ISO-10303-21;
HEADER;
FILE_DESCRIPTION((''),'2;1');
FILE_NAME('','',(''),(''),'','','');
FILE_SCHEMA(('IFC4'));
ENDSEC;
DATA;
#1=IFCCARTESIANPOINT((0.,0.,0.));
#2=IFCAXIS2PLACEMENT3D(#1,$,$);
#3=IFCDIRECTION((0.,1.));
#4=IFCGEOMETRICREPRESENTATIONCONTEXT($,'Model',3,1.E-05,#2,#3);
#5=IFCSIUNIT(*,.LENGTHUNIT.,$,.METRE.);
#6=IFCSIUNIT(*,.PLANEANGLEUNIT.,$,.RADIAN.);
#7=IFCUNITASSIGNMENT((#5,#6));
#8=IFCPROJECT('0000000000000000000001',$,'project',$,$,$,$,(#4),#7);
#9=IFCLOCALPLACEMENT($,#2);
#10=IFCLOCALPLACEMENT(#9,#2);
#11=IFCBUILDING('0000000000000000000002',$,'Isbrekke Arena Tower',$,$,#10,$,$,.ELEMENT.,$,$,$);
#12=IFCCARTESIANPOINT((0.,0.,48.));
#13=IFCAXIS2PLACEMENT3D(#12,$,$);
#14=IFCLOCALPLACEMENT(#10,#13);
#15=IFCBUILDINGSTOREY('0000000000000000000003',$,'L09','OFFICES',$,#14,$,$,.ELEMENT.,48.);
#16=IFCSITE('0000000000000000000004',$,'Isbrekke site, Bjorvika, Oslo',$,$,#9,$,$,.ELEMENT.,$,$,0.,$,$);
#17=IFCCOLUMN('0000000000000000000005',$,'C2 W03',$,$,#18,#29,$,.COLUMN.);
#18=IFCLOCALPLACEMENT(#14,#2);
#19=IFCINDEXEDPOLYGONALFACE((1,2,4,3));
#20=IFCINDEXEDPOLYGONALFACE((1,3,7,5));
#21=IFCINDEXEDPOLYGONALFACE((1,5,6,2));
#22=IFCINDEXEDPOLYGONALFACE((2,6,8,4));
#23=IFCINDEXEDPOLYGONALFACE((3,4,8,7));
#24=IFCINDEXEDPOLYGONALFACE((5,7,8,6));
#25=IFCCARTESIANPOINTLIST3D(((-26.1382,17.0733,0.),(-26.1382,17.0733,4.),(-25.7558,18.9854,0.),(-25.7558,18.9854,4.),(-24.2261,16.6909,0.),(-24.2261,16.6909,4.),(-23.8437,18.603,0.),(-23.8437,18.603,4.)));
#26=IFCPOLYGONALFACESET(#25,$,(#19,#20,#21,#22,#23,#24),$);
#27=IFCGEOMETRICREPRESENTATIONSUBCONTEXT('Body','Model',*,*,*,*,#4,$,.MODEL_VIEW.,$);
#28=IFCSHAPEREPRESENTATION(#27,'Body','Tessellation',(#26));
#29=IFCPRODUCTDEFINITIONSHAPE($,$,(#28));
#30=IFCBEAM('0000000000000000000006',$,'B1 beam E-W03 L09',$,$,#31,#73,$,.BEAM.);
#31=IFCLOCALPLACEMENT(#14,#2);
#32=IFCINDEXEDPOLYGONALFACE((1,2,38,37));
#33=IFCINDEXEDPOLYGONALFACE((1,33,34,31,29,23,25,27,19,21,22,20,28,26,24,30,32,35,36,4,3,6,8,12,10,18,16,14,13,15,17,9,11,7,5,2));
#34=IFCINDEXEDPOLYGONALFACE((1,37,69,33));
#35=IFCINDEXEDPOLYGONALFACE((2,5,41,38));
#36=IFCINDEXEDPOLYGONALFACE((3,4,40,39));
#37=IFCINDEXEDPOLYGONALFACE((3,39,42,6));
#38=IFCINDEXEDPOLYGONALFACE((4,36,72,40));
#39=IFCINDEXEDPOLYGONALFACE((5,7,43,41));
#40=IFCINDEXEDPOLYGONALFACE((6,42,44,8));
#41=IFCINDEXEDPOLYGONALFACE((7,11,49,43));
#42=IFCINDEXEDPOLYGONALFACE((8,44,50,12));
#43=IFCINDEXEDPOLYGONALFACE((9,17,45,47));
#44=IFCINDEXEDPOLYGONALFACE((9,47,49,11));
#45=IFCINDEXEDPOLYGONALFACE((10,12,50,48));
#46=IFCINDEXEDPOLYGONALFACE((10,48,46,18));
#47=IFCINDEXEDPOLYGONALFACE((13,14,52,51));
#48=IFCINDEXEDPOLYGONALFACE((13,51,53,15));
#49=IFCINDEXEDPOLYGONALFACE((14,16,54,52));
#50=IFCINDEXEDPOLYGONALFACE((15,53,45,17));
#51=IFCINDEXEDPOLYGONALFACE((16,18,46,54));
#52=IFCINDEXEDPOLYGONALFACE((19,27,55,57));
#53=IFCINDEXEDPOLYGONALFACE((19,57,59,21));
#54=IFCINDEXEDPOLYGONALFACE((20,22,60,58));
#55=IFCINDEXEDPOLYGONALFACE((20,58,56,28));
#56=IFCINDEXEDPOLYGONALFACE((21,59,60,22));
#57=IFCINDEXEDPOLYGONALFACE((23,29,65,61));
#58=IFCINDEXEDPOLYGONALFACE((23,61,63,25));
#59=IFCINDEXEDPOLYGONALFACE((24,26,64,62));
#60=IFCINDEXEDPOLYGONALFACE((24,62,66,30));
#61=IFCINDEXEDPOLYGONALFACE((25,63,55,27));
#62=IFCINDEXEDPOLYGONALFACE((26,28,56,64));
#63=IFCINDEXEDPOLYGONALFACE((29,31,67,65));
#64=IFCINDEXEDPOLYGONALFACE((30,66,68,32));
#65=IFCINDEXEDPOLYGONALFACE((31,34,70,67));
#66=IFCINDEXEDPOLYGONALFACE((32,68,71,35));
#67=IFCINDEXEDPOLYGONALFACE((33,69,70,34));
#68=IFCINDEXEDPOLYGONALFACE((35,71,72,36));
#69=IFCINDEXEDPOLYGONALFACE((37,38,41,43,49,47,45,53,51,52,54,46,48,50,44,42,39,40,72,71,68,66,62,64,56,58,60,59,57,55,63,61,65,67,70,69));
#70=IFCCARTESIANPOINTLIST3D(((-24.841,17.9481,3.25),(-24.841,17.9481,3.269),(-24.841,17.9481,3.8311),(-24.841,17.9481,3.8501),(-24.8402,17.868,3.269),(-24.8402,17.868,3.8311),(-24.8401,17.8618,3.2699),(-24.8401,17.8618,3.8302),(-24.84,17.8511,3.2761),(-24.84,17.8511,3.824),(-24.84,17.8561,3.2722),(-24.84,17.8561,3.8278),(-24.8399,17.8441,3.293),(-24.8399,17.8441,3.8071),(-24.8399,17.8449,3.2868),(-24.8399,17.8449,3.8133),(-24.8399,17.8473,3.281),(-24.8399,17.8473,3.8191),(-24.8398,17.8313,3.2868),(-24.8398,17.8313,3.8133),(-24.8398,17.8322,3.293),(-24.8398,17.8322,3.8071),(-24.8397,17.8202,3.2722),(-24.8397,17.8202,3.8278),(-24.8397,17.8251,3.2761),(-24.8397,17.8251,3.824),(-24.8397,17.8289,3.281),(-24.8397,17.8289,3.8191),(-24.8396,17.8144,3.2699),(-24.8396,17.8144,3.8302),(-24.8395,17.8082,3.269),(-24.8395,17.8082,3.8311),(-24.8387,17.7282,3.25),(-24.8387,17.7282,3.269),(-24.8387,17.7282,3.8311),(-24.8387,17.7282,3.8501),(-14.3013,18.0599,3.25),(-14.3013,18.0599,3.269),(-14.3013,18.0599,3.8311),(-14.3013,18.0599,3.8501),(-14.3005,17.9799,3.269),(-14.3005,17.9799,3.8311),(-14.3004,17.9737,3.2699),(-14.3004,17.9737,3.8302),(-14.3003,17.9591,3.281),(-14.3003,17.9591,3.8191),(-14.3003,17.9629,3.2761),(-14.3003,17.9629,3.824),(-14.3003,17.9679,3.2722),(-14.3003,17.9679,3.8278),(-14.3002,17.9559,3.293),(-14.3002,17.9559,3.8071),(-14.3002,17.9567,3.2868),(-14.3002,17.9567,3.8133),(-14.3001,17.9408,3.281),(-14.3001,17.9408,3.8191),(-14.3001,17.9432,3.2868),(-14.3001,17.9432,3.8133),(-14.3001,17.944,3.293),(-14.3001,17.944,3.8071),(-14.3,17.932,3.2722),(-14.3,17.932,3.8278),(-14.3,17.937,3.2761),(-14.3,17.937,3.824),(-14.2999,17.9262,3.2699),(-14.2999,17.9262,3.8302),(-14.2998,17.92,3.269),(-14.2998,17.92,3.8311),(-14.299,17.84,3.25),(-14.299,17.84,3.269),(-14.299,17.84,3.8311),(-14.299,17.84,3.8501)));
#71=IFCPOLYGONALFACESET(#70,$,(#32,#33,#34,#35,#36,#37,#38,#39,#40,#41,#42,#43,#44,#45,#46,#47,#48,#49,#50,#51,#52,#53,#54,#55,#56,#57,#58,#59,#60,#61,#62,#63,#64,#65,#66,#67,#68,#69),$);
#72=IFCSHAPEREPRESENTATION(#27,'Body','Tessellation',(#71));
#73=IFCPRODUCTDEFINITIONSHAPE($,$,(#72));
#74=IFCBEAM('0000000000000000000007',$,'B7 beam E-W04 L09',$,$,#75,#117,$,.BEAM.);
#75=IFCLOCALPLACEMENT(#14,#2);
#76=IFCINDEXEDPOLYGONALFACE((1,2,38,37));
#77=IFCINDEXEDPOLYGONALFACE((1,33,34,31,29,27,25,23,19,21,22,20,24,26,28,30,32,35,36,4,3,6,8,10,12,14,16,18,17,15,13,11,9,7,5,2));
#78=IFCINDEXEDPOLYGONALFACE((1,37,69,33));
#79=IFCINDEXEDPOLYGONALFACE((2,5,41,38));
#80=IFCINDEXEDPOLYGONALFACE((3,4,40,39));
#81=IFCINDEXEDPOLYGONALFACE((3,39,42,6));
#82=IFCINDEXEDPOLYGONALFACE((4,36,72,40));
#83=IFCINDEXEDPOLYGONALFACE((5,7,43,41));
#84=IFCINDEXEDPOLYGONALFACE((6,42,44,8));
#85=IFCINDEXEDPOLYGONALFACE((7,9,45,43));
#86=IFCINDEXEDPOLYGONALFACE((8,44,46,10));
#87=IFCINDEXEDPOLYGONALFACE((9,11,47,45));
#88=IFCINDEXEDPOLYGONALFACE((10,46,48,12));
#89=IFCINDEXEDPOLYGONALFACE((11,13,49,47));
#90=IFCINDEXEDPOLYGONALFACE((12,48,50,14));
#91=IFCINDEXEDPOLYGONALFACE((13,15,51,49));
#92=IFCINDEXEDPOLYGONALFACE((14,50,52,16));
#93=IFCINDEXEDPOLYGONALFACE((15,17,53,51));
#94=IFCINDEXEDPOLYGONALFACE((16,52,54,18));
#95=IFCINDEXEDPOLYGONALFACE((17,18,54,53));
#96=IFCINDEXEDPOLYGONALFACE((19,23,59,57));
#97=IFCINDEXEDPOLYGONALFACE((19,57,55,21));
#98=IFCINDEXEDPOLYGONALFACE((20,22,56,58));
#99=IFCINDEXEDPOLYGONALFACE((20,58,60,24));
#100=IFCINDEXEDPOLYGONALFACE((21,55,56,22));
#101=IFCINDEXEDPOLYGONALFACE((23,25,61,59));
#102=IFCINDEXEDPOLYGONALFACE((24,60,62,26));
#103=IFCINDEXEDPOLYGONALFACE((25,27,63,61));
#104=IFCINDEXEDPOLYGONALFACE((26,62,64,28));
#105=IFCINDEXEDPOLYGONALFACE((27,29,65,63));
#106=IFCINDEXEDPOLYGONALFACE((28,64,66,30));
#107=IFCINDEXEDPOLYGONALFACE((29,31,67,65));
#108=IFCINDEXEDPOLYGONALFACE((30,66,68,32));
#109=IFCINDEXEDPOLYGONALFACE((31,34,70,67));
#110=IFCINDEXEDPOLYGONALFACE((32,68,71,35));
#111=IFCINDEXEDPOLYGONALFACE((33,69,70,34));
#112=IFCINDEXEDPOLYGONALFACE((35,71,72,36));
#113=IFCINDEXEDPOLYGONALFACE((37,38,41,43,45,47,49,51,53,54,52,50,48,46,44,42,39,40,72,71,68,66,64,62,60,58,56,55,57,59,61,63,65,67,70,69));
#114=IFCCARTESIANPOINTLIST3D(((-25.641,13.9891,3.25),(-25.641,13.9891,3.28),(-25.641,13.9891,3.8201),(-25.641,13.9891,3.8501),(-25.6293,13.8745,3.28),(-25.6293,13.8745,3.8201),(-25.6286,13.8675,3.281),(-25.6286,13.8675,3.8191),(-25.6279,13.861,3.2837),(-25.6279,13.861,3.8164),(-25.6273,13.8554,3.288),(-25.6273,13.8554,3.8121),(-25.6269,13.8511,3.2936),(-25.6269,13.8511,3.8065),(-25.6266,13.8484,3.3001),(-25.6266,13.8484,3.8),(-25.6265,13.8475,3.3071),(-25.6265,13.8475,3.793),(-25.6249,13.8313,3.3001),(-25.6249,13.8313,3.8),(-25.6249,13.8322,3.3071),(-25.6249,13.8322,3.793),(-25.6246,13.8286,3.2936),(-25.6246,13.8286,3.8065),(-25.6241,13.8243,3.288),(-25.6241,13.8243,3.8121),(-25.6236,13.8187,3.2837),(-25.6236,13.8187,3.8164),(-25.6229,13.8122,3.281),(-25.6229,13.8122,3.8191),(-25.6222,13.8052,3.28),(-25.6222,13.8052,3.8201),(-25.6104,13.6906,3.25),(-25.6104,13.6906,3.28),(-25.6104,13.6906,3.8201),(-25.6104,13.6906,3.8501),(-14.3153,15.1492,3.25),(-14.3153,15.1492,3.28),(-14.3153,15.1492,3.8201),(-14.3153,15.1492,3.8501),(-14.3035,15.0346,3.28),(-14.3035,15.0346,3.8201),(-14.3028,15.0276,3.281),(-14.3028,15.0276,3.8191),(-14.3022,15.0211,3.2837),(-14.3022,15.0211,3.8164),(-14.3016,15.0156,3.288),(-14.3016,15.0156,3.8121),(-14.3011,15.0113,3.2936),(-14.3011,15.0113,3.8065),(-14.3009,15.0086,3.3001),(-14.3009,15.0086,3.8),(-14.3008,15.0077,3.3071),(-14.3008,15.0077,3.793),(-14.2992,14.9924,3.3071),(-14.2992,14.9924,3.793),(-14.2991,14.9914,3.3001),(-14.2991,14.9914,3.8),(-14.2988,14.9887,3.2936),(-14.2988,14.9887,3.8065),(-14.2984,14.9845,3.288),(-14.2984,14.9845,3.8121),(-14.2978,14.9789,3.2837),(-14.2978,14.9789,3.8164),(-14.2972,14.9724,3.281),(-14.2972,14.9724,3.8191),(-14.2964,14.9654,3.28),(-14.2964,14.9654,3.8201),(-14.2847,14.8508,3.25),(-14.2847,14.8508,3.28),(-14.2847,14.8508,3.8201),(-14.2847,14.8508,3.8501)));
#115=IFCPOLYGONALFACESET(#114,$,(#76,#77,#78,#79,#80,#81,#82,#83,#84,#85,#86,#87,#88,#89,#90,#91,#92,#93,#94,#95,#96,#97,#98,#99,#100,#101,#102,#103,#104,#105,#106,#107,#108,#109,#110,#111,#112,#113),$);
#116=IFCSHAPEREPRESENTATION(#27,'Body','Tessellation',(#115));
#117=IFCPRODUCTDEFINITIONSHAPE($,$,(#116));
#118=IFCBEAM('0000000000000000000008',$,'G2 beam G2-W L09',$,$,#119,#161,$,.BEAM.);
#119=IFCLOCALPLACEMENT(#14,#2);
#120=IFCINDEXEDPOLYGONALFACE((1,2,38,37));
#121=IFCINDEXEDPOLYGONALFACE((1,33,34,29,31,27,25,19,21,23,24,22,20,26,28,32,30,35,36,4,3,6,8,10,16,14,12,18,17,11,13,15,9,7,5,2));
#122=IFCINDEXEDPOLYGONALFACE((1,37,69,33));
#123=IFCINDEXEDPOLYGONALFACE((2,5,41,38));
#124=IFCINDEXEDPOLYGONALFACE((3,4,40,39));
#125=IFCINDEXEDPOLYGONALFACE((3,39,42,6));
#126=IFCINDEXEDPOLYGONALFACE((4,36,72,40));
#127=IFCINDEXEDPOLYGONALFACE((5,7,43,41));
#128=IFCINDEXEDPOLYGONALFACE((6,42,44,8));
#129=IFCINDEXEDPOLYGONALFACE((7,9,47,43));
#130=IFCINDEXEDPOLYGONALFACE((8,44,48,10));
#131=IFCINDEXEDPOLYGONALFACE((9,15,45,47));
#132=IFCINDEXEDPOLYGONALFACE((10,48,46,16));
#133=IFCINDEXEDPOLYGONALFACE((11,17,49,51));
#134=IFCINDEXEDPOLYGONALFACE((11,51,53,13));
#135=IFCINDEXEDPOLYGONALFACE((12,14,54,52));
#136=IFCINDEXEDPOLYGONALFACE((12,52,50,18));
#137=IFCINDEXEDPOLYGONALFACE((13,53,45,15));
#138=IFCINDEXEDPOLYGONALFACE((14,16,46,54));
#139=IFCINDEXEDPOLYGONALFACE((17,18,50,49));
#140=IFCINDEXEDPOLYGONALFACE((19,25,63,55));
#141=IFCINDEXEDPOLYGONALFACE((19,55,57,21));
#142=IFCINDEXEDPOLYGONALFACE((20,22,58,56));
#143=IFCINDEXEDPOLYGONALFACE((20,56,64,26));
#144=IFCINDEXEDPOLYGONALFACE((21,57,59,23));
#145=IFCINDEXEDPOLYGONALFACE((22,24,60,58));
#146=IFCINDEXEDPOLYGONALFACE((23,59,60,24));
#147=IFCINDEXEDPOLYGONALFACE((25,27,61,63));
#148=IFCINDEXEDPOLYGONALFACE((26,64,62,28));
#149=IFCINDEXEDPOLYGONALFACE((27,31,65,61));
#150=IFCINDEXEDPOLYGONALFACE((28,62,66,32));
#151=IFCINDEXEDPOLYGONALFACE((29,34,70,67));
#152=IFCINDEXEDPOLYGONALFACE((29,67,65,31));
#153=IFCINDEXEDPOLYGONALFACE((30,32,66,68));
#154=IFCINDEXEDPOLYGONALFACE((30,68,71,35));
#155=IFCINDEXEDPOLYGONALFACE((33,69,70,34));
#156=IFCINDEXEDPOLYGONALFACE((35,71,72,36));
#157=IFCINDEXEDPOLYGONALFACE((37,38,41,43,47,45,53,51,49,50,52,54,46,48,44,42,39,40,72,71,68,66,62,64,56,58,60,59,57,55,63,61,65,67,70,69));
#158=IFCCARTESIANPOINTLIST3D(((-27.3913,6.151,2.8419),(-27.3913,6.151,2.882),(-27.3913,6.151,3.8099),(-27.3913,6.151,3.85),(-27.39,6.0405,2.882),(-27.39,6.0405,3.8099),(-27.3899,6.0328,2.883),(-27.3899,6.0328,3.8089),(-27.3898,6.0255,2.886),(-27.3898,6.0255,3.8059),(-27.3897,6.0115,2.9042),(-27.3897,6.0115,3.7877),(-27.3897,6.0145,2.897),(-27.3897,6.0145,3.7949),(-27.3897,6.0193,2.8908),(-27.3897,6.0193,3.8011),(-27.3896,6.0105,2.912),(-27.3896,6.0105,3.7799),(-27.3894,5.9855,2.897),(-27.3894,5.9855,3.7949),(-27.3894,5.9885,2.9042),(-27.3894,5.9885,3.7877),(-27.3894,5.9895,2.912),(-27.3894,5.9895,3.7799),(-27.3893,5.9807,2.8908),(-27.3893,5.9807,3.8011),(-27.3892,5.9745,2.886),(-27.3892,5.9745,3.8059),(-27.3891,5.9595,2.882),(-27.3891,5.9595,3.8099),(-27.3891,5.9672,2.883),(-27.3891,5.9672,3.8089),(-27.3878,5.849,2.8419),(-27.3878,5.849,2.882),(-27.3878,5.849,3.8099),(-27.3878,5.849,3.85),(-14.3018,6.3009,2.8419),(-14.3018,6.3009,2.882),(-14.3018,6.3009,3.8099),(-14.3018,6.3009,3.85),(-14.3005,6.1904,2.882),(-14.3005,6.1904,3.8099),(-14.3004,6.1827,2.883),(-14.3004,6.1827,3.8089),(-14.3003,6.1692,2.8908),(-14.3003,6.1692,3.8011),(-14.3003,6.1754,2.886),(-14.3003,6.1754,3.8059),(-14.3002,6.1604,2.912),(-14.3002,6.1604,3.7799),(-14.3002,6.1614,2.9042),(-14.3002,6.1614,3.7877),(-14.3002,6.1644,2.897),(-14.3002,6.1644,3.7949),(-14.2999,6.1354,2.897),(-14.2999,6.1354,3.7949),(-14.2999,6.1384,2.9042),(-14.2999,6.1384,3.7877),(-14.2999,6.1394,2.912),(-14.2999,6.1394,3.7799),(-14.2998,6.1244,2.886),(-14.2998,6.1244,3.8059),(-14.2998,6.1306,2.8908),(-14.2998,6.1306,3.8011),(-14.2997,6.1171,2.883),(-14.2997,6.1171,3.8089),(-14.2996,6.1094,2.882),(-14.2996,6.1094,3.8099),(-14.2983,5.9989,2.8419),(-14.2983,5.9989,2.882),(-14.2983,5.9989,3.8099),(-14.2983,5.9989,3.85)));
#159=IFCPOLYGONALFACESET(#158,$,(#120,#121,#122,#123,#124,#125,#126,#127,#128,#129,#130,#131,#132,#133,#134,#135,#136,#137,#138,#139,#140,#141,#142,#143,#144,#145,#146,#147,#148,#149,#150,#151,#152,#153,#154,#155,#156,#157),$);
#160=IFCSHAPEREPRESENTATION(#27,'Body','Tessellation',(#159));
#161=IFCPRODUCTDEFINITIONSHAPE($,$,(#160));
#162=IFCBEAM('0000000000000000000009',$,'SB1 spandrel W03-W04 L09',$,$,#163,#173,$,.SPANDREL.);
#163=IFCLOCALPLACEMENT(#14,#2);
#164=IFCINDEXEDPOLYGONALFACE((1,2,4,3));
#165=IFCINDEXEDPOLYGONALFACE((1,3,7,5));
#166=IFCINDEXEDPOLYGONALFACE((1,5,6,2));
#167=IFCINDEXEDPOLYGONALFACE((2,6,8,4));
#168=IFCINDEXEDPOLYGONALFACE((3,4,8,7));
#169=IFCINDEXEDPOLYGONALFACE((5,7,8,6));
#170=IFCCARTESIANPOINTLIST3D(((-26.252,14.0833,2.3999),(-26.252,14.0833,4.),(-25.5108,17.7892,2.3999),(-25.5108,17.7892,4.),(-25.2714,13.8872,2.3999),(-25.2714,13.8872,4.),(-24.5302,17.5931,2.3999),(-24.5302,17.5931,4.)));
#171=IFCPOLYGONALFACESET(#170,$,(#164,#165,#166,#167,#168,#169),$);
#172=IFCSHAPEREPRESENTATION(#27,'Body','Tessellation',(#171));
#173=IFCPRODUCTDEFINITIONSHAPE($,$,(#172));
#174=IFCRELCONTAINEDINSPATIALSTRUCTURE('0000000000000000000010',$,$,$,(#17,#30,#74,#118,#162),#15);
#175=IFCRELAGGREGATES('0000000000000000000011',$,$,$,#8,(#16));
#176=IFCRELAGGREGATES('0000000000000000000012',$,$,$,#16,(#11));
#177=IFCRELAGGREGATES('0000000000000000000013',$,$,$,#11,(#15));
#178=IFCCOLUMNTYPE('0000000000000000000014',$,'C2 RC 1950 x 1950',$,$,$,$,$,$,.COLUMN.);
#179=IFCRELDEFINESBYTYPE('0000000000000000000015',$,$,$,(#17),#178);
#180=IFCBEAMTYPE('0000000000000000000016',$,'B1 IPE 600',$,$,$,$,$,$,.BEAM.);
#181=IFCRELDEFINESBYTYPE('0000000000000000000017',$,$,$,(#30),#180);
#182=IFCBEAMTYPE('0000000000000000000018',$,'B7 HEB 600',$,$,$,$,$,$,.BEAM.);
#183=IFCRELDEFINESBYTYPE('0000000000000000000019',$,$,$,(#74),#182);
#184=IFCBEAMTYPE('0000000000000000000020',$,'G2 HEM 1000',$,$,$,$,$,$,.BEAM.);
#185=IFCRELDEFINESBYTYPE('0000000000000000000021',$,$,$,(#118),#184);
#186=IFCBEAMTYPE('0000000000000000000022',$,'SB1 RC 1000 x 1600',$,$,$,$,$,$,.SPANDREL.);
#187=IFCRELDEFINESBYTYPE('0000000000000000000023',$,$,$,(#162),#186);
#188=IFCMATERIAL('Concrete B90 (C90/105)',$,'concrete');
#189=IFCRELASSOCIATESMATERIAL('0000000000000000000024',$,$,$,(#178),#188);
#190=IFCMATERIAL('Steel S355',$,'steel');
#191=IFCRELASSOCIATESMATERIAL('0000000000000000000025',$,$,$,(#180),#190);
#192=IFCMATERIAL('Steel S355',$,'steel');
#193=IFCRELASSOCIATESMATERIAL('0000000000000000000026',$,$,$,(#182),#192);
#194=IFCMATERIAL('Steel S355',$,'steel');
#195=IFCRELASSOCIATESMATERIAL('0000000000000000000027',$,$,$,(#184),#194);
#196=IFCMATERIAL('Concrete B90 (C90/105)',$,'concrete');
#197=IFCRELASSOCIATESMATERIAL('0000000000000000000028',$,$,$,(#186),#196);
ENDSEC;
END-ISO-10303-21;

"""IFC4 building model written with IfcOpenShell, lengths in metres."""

from ifc_helpers import new_model, si_unit, direction, frame, origin, origin_2d, place, context, subcontext, project, spatial, rectangle, i_section, extrude, material, material_profile, profile_set, type_object, element, save


model = new_model("IFC4")

# Units and contexts
model_context = context("Model", 3, precision=1e-05, world=origin(), true_north=direction((0.0, 1.0)))
body_context = subcontext(model_context, "Body", "Model", "MODEL_VIEW")
ifc_project = project(units=[si_unit("LENGTHUNIT", "METRE"), si_unit("PLANEANGLEUNIT", "RADIAN")], contexts=[model_context])

# Site, building, storey
site_placement = place(None, origin())
site = spatial("IfcSite", under=ifc_project, at=site_placement, Name="Isbrekke site, Bjorvika, Oslo", CompositionType="ELEMENT", RefElevation=0.0)
building_placement = place(site_placement, origin())
building = spatial("IfcBuilding", under=site, at=building_placement, Name="Isbrekke Arena Tower", CompositionType="ELEMENT")
storey_placement = place(building_placement, frame((0.0, 0.0, 48.0)))
storey = spatial("IfcBuildingStorey", under=building, at=storey_placement, Name="L09", Description="OFFICES", CompositionType="ELEMENT", Elevation=48.0)

# Column
ifc_material_1 = material(Name="Concrete B90 (C90/105)", Category="concrete")
ifc_material_profile_1 = material_profile(ifc_material_1, rectangle(XDim=1.95, YDim=1.95, at=origin_2d()), Name="RC 1950x1950")
ifc_profile_set_1 = profile_set([ifc_material_profile_1], Name="Concrete B90 (C90/105)")
column_type = type_object("IfcColumnType", Name="C2 RC 1950 x 1950", PredefinedType="COLUMN", material=ifc_profile_set_1)
column_placement = place(storey_placement, frame((-24.991, 17.8381, 0.0), z_axis=(0.0, 0.0, 1.0), x_axis=(-0.196116, -0.980581, 0.0)))
element("IfcColumn", 1, at=column_placement, inside=storey, type_object=column_type, Name="C2 W03", PredefinedType="COLUMN", context=body_context, shape_type="SweptSolid", body=[
    extrude(rectangle(XDim=1.95, YDim=1.95, at=origin_2d()), origin(), (0.0, 0.0, 1.0), 4.0),
])

# Beams
ifc_material_2 = material(Name="Steel S355", Category="steel")
ifc_material_profile_2 = material_profile(ifc_material_2, i_section(OverallWidth=0.22, OverallDepth=0.6001, WebThickness=0.012, FlangeThickness=0.019, FilletRadius=0.0239, at=origin_2d()), Name="IPE 600")
ifc_profile_set_2 = profile_set([ifc_material_profile_2], Name="Steel S355")
beam_type_1 = type_object("IfcBeamType", Name="B1 IPE 600", PredefinedType="BEAM", material=ifc_profile_set_2)
beam_1_placement = place(storey_placement, frame((-24.8398, 17.8381, 3.55), z_axis=(0.999944, 0.010608, 0.0), x_axis=(-0.010608, 0.999944, 0.0)))
element("IfcBeam", 2, at=beam_1_placement, inside=storey, type_object=beam_type_1, Name="B1 beam E-W03 L09", PredefinedType="BEAM", context=body_context, shape_type="SweptSolid", body=[
    extrude(i_section(OverallWidth=0.22, OverallDepth=0.6001, WebThickness=0.012, FlangeThickness=0.019, FilletRadius=0.0239, at=origin_2d()), origin(), (0.0, 0.0, 1.0), 10.5403),
])
ifc_material_3 = material(Name="Steel S355", Category="steel")
ifc_material_profile_3 = material_profile(ifc_material_3, i_section(OverallWidth=0.3, OverallDepth=0.6001, WebThickness=0.0154, FlangeThickness=0.03, FilletRadius=0.0271, at=origin_2d()), Name="HEB 600")
ifc_profile_set_3 = profile_set([ifc_material_profile_3], Name="Steel S355")
beam_type_2 = type_object("IfcBeamType", Name="B7 HEB 600", PredefinedType="BEAM", material=ifc_profile_set_3)
beam_2_placement = place(storey_placement, frame((-25.6257, 13.8398, 3.55), z_axis=(0.994794, 0.101903, 0.0), x_axis=(-0.101903, 0.994794, 0.0)))
element("IfcBeam", 3, at=beam_2_placement, inside=storey, type_object=beam_type_2, Name="B7 beam E-W04 L09", PredefinedType="BEAM", context=body_context, shape_type="SweptSolid", body=[
    extrude(i_section(OverallWidth=0.3, OverallDepth=0.6001, WebThickness=0.0154, FlangeThickness=0.03, FilletRadius=0.0271, at=origin_2d()), origin(), (0.0, 0.0, 1.0), 11.385),
])
ifc_material_4 = material(Name="Steel S355", Category="steel")
ifc_material_profile_4 = material_profile(ifc_material_4, i_section(OverallWidth=0.302, OverallDepth=1.0081, WebThickness=0.021, FlangeThickness=0.04, FilletRadius=0.03, at=origin_2d()), Name="HEM 1000")
ifc_profile_set_4 = profile_set([ifc_material_profile_4], Name="Steel S355")
beam_type_3 = type_object("IfcBeamType", Name="G2 HEM 1000", PredefinedType="BEAM", material=ifc_profile_set_4)
beam_3_placement = place(storey_placement, frame((-14.3, 6.1499, 3.3459), z_axis=(-0.999934, -0.011451, 0.0), x_axis=(0.011451, -0.999934, 0.0)))
element("IfcBeam", 4, at=beam_3_placement, inside=storey, type_object=beam_type_3, Name="G2 beam G2-W L09", PredefinedType="BEAM", context=body_context, shape_type="SweptSolid", body=[
    extrude(i_section(OverallWidth=0.302, OverallDepth=1.0081, WebThickness=0.021, FlangeThickness=0.04, FilletRadius=0.03, at=origin_2d()), origin(), (0.0, 0.0, 1.0), 13.0903),
])
ifc_material_5 = material(Name="Concrete B90 (C90/105)", Category="concrete")
ifc_material_profile_5 = material_profile(ifc_material_5, rectangle(XDim=1.0, YDim=1.6001, at=origin_2d()), Name="RC 1000x1600")
ifc_profile_set_5 = profile_set([ifc_material_profile_5], Name="Concrete B90 (C90/105)")
beam_type_4 = type_object("IfcBeamType", Name="SB1 RC 1000 x 1600", PredefinedType="SPANDREL", material=ifc_profile_set_5)
beam_4_placement = place(storey_placement, frame((-25.0205, 17.6912, 3.2), z_axis=(-0.196129, -0.980578, 0.0), x_axis=(0.980578, -0.196129, 0.0)))
element("IfcBeam", 5, at=beam_4_placement, inside=storey, type_object=beam_type_4, Name="SB1 spandrel W03-W04 L09", PredefinedType="SPANDREL", context=body_context, shape_type="SweptSolid", body=[
    extrude(rectangle(XDim=1.0, YDim=1.6001, at=origin_2d()), origin(), (0.0, 0.0, 1.0), 3.7793),
])

save(model, "model.ifc")
